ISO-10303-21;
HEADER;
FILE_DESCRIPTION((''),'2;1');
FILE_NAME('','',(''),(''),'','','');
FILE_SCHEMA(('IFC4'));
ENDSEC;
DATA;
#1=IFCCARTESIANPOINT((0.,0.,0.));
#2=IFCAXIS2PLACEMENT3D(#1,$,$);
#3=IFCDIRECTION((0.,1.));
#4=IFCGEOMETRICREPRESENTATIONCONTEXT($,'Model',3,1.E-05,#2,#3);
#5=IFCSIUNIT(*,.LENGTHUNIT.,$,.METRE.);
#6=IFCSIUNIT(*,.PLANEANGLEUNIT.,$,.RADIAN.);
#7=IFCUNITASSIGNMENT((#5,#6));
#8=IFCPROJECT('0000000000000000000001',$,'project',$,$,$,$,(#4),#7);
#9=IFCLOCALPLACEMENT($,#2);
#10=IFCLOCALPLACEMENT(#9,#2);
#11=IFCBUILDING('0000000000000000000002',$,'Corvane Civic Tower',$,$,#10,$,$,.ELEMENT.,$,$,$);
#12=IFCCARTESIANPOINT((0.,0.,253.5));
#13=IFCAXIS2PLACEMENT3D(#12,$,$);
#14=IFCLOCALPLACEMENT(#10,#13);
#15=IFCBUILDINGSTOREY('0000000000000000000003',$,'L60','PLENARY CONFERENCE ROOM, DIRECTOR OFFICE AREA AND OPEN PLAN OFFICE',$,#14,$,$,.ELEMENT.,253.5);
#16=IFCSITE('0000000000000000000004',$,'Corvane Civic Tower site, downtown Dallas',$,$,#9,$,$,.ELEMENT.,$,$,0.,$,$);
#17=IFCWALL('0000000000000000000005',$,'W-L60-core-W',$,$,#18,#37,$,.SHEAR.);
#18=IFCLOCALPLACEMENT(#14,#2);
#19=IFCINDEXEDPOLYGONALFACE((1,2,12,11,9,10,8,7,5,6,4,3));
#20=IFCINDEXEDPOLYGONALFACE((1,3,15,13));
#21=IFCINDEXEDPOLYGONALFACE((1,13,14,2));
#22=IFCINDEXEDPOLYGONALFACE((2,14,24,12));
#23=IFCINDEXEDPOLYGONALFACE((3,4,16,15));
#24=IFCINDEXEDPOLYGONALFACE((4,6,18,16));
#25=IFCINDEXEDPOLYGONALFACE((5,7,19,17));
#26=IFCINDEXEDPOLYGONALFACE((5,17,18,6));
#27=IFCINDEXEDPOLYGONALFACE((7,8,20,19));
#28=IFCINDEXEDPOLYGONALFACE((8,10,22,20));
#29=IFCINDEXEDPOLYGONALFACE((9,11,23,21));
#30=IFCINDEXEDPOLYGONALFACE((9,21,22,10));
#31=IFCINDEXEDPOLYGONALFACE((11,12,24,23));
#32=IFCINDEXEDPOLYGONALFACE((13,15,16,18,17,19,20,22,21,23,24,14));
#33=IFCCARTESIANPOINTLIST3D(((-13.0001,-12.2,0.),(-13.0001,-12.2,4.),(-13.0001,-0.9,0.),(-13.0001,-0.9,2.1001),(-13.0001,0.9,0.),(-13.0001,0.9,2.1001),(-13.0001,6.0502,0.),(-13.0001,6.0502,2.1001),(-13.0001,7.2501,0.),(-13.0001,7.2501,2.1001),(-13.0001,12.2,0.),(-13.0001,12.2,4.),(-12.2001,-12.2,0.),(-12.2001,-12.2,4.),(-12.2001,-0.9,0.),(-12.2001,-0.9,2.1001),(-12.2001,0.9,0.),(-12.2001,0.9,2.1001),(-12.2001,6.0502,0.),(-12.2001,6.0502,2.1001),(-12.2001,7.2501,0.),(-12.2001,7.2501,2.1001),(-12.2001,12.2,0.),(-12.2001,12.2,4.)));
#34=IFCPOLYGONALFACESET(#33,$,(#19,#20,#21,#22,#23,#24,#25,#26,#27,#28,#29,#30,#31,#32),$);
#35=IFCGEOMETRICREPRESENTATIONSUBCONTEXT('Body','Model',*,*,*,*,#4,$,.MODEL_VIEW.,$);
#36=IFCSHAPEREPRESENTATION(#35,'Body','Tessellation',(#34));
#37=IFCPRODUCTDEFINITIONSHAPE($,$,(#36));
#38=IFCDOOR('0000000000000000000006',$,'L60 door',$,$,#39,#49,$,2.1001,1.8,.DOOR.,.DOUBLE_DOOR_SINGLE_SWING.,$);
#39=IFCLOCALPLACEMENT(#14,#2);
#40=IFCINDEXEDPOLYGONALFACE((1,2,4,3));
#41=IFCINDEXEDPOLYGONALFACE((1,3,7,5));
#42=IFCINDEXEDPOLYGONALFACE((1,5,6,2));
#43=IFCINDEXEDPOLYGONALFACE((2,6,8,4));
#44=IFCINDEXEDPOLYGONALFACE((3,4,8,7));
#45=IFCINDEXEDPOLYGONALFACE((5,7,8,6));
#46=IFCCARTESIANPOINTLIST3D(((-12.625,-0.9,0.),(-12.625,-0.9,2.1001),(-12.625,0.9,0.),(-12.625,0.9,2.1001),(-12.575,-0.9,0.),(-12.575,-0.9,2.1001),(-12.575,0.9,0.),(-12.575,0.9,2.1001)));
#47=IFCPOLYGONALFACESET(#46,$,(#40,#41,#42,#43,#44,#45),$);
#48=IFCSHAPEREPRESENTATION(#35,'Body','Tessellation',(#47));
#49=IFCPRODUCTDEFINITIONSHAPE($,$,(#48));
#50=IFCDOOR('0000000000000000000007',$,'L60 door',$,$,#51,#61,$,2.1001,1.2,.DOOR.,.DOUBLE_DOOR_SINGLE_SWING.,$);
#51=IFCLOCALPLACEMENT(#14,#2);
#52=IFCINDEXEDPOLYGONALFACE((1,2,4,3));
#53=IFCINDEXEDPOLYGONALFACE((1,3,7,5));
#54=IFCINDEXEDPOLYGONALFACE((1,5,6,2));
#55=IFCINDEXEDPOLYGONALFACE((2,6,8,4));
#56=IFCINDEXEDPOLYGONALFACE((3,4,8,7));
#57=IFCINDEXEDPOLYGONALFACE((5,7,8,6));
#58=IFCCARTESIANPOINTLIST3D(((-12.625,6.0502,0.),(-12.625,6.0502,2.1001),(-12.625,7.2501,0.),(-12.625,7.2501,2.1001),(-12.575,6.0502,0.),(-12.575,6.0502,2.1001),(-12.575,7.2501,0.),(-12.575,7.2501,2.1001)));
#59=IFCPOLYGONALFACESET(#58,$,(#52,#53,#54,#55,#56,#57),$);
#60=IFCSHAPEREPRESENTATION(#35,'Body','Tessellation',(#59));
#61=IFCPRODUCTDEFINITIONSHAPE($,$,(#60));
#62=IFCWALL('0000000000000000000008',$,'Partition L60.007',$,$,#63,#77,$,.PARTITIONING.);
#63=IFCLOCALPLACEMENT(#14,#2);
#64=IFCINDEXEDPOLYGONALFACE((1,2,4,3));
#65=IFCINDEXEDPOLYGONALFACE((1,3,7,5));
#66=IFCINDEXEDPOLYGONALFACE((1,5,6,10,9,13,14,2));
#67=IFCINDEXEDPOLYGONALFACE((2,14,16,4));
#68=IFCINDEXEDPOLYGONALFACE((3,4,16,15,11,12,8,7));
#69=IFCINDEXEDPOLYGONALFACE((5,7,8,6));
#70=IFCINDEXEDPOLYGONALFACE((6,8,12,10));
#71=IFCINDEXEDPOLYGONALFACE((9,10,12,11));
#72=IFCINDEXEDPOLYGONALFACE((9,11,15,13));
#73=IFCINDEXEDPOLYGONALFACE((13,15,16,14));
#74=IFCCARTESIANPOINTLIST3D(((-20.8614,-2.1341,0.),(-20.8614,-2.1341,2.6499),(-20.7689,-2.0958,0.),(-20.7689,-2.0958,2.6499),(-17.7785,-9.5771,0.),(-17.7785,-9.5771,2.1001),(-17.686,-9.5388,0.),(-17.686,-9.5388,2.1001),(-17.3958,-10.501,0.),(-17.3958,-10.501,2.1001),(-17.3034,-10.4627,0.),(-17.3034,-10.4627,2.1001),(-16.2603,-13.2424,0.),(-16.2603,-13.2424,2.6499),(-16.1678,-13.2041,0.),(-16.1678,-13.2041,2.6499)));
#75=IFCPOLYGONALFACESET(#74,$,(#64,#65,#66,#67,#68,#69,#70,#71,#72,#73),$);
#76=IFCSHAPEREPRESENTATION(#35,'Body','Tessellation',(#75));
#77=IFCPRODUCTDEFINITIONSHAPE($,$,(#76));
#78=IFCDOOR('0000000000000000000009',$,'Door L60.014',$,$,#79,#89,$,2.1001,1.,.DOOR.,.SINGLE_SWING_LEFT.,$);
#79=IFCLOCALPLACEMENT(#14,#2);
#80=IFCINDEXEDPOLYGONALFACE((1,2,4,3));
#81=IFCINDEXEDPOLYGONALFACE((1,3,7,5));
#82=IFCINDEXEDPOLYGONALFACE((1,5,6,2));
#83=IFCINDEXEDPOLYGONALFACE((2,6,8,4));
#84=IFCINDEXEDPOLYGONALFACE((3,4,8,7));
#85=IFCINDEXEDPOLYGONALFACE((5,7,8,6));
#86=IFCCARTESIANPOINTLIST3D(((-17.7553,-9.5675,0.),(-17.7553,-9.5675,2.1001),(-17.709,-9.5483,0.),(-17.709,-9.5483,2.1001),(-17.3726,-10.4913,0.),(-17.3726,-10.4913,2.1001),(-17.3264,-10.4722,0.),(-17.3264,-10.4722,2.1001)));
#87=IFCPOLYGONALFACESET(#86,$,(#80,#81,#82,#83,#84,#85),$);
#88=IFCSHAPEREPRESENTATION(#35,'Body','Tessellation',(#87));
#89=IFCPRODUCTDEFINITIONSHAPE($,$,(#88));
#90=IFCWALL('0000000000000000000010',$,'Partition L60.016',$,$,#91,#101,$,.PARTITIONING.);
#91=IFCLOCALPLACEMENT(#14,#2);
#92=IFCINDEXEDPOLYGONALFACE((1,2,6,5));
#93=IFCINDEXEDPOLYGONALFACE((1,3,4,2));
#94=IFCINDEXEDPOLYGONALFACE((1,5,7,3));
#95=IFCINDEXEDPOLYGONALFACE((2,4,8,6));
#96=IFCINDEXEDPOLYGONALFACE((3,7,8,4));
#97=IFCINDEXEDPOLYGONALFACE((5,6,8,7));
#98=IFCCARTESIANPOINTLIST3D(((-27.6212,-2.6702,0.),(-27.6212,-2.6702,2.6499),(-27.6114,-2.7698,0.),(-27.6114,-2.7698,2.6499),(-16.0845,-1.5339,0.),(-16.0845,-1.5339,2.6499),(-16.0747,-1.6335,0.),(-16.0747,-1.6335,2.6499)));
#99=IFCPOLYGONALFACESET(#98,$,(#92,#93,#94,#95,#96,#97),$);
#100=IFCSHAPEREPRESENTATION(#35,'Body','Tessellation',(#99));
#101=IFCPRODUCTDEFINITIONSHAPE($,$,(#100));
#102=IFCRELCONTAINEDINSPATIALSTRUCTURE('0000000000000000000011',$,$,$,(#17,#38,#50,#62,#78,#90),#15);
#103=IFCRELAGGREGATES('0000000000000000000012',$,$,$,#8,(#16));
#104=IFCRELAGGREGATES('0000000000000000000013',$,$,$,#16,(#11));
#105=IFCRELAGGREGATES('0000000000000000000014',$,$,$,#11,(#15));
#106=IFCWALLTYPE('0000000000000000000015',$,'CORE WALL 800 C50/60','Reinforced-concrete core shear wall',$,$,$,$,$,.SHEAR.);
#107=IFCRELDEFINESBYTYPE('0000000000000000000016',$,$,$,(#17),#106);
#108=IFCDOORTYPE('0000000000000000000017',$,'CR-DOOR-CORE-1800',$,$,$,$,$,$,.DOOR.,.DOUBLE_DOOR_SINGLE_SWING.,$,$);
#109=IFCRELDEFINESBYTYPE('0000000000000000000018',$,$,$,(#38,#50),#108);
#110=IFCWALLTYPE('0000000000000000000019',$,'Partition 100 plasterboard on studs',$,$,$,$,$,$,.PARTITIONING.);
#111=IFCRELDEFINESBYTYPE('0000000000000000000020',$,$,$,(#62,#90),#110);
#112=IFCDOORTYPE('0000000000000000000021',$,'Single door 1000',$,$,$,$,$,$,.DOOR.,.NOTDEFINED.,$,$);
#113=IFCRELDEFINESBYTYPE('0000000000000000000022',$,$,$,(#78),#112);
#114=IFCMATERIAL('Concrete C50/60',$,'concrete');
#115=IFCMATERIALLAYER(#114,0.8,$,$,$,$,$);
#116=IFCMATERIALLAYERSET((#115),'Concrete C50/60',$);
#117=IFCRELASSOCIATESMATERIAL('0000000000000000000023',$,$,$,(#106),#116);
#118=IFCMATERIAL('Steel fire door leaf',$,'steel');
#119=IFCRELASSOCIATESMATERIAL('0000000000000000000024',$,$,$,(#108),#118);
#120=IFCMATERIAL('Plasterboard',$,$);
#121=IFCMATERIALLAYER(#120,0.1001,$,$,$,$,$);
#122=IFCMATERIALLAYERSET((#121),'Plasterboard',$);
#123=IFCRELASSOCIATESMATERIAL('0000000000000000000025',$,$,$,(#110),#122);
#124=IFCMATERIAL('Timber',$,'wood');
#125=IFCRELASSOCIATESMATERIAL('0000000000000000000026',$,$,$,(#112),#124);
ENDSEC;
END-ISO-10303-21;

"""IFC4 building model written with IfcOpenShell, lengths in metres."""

from ifc_helpers import new_model, si_unit, direction, frame, frame_2d, origin, place, context, subcontext, project, spatial, rectangle, extrude, material, layer, layer_set, type_object, element, fill, save


model = new_model("IFC4")

# Units and contexts
model_context = context("Model", 3, precision=1e-05, world=origin(), true_north=direction((0.0, 1.0)))
body_context = subcontext(model_context, "Body", "Model", "MODEL_VIEW")
ifc_project = project(units=[si_unit("LENGTHUNIT", "METRE"), si_unit("PLANEANGLEUNIT", "RADIAN")], contexts=[model_context])

# Site, building, storey
site_placement = place(None, origin())
site = spatial("IfcSite", under=ifc_project, at=site_placement, Name="Corvane Civic Tower site, downtown Dallas", CompositionType="ELEMENT", RefElevation=0.0)
building_placement = place(site_placement, origin())
building = spatial("IfcBuilding", under=site, at=building_placement, Name="Corvane Civic Tower", CompositionType="ELEMENT")
storey_placement = place(building_placement, frame((0.0, 0.0, 253.5)))
storey = spatial("IfcBuildingStorey", under=building, at=storey_placement, Name="L60", Description="PLENARY CONFERENCE ROOM, DIRECTOR OFFICE AREA AND OPEN PLAN OFFICE", CompositionType="ELEMENT", Elevation=253.5)

# Wall, openings, doors
ifc_material_1 = material(Name="Concrete C50/60", Category="concrete")
ifc_layer_1 = layer(ifc_material_1, 0.8)
ifc_layer_set_1 = layer_set([ifc_layer_1], Name="Concrete C50/60")
wall_type_1 = type_object("IfcWallType", Name="CORE WALL 800 C50/60", Description="Reinforced-concrete core shear wall", PredefinedType="SHEAR", material=ifc_layer_set_1)
wall_1_placement = place(storey_placement, frame((-12.6001, -12.2, 0.0), z_axis=(0.0, 0.0, 1.0), x_axis=(0.0, 1.0, 0.0)))
wall_1 = element("IfcWall", 1, at=wall_1_placement, inside=storey, type_object=wall_type_1, Name="W-L60-core-W", PredefinedType="SHEAR", context=body_context, shape_type="SweptSolid", body=[
    extrude(rectangle(XDim=24.3999, YDim=0.8, at=frame_2d((12.2, 0.0))), origin(), (0.0, 0.0, 1.0), 4.0),
])
opening_1_placement = place(wall_1_placement, frame((11.3, 0.0, 0.0)))
opening_1 = element("IfcOpeningElement", 2, at=opening_1_placement, cuts=wall_1, PredefinedType="OPENING", context=body_context, shape_type="SweptSolid", body=[
    extrude(rectangle(XDim=1.8, YDim=2.1001, at=frame_2d((0.8999, 1.05))), frame((0.0, 0.4099, 0.0), z_axis=(0.0, -1.0, 0.0), x_axis=(1.0, 0.0, 0.0)), (0.0, 0.0, 1.0), 0.8201),
])
opening_2_placement = place(wall_1_placement, frame((18.25, 0.0, 0.0)))
opening_2 = element("IfcOpeningElement", 3, at=opening_2_placement, cuts=wall_1, PredefinedType="OPENING", context=body_context, shape_type="SweptSolid", body=[
    extrude(rectangle(XDim=1.2, YDim=2.1001, at=frame_2d((0.6001, 1.05))), frame((0.0, 0.4099, 0.0), z_axis=(0.0, -1.0, 0.0), x_axis=(1.0, 0.0, 0.0)), (0.0, 0.0, 1.0), 0.8201),
])
ifc_material_2 = material(Name="Steel fire door leaf", Category="steel")
door_type_1 = type_object("IfcDoorType", Name="CR-DOOR-CORE-1800", OperationType="DOUBLE_DOOR_SINGLE_SWING", PredefinedType="DOOR", material=ifc_material_2)
door_1_placement = place(opening_1_placement, origin())
door_1 = element("IfcDoor", 4, at=door_1_placement, inside=storey, type_object=door_type_1, Name="L60 door", OperationType="DOUBLE_DOOR_SINGLE_SWING", OverallHeight=2.1001, OverallWidth=1.8, PredefinedType="DOOR", context=body_context, shape_type="SweptSolid", body=[
    extrude(rectangle(XDim=1.8, YDim=2.1001, at=frame_2d((0.8999, 1.05))), frame((0.0, 0.0249, 0.0), z_axis=(0.0, -1.0, 0.0), x_axis=(1.0, 0.0, 0.0)), (0.0, 0.0, 1.0), 0.05),
])
fill(opening_1, door_1)
door_2_placement = place(opening_2_placement, origin())
door_2 = element("IfcDoor", 5, at=door_2_placement, inside=storey, type_object=door_type_1, Name="L60 door", OperationType="DOUBLE_DOOR_SINGLE_SWING", OverallHeight=2.1001, OverallWidth=1.2, PredefinedType="DOOR", context=body_context, shape_type="SweptSolid", body=[
    extrude(rectangle(XDim=1.2, YDim=2.1001, at=frame_2d((0.6001, 1.05))), frame((0.0, 0.0249, 0.0), z_axis=(0.0, -1.0, 0.0), x_axis=(1.0, 0.0, 0.0)), (0.0, 0.0, 1.0), 0.05),
])
fill(opening_2, door_2)

# Wall, opening, door
ifc_material_3 = material(Name="Plasterboard")
ifc_layer_2 = layer(ifc_material_3, 0.1001)
ifc_layer_set_2 = layer_set([ifc_layer_2], Name="Plasterboard")
wall_type_2 = type_object("IfcWallType", Name="Partition 100 plasterboard on studs", PredefinedType="PARTITIONING", material=ifc_layer_set_2)
wall_2_placement = place(storey_placement, frame((-20.8152, -2.115, 0.0), z_axis=(0.0, 0.0, 1.0), x_axis=(0.382678, -0.923882, 0.0)))
wall_2 = element("IfcWall", 6, at=wall_2_placement, inside=storey, type_object=wall_type_2, Name="Partition L60.007", PredefinedType="PARTITIONING", context=body_context, shape_type="SweptSolid", body=[
    extrude(rectangle(XDim=12.0234, YDim=0.1001, at=frame_2d((6.0117, 0.0))), origin(), (0.0, 0.0, 1.0), 2.6499),
])
opening_3_placement = place(wall_2_placement, frame((8.0562, 0.0, 0.0)))
opening_3 = element("IfcOpeningElement", 7, at=opening_3_placement, cuts=wall_2, PredefinedType="OPENING", context=body_context, shape_type="SweptSolid", body=[
    extrude(rectangle(XDim=1.0, YDim=2.1001, at=frame_2d((0.5, 1.05))), frame((0.0, 0.0601, 0.0), z_axis=(0.0, -1.0, 0.0), x_axis=(1.0, 0.0, 0.0)), (0.0, 0.0, 1.0), 0.1201),
])
ifc_material_4 = material(Name="Timber", Category="wood")
door_type_2 = type_object("IfcDoorType", Name="Single door 1000", OperationType="NOTDEFINED", PredefinedType="DOOR", material=ifc_material_4)
door_3_placement = place(opening_3_placement, frame((1.0, 0.0, 0.0), z_axis=(0.0, 0.0, 1.0), x_axis=(-1.0, 0.0, 0.0)))
door_3 = element("IfcDoor", 8, at=door_3_placement, inside=storey, type_object=door_type_2, Name="Door L60.014", OperationType="SINGLE_SWING_LEFT", OverallHeight=2.1001, OverallWidth=1.0, PredefinedType="DOOR", context=body_context, shape_type="SweptSolid", body=[
    extrude(rectangle(XDim=1.0, YDim=2.1001, at=frame_2d((0.5, 1.05))), frame((0.0, 0.0249, 0.0), z_axis=(0.0, -1.0, 0.0), x_axis=(1.0, 0.0, 0.0)), (0.0, 0.0, 1.0), 0.05),
])
fill(opening_3, door_3)

# Wall
wall_3_placement = place(storey_placement, frame((-27.6165, -2.72, 0.0), z_axis=(0.0, 0.0, 1.0), x_axis=(0.995185, 0.098015, 0.0)))
element("IfcWall", 9, at=wall_3_placement, inside=storey, type_object=wall_type_2, Name="Partition L60.016", PredefinedType="PARTITIONING", context=body_context, shape_type="SweptSolid", body=[
    extrude(rectangle(XDim=11.5925, YDim=0.1001, at=frame_2d((5.7964, 0.0))), origin(), (0.0, 0.0, 1.0), 2.6499),
])

save(model, "model.ifc")
